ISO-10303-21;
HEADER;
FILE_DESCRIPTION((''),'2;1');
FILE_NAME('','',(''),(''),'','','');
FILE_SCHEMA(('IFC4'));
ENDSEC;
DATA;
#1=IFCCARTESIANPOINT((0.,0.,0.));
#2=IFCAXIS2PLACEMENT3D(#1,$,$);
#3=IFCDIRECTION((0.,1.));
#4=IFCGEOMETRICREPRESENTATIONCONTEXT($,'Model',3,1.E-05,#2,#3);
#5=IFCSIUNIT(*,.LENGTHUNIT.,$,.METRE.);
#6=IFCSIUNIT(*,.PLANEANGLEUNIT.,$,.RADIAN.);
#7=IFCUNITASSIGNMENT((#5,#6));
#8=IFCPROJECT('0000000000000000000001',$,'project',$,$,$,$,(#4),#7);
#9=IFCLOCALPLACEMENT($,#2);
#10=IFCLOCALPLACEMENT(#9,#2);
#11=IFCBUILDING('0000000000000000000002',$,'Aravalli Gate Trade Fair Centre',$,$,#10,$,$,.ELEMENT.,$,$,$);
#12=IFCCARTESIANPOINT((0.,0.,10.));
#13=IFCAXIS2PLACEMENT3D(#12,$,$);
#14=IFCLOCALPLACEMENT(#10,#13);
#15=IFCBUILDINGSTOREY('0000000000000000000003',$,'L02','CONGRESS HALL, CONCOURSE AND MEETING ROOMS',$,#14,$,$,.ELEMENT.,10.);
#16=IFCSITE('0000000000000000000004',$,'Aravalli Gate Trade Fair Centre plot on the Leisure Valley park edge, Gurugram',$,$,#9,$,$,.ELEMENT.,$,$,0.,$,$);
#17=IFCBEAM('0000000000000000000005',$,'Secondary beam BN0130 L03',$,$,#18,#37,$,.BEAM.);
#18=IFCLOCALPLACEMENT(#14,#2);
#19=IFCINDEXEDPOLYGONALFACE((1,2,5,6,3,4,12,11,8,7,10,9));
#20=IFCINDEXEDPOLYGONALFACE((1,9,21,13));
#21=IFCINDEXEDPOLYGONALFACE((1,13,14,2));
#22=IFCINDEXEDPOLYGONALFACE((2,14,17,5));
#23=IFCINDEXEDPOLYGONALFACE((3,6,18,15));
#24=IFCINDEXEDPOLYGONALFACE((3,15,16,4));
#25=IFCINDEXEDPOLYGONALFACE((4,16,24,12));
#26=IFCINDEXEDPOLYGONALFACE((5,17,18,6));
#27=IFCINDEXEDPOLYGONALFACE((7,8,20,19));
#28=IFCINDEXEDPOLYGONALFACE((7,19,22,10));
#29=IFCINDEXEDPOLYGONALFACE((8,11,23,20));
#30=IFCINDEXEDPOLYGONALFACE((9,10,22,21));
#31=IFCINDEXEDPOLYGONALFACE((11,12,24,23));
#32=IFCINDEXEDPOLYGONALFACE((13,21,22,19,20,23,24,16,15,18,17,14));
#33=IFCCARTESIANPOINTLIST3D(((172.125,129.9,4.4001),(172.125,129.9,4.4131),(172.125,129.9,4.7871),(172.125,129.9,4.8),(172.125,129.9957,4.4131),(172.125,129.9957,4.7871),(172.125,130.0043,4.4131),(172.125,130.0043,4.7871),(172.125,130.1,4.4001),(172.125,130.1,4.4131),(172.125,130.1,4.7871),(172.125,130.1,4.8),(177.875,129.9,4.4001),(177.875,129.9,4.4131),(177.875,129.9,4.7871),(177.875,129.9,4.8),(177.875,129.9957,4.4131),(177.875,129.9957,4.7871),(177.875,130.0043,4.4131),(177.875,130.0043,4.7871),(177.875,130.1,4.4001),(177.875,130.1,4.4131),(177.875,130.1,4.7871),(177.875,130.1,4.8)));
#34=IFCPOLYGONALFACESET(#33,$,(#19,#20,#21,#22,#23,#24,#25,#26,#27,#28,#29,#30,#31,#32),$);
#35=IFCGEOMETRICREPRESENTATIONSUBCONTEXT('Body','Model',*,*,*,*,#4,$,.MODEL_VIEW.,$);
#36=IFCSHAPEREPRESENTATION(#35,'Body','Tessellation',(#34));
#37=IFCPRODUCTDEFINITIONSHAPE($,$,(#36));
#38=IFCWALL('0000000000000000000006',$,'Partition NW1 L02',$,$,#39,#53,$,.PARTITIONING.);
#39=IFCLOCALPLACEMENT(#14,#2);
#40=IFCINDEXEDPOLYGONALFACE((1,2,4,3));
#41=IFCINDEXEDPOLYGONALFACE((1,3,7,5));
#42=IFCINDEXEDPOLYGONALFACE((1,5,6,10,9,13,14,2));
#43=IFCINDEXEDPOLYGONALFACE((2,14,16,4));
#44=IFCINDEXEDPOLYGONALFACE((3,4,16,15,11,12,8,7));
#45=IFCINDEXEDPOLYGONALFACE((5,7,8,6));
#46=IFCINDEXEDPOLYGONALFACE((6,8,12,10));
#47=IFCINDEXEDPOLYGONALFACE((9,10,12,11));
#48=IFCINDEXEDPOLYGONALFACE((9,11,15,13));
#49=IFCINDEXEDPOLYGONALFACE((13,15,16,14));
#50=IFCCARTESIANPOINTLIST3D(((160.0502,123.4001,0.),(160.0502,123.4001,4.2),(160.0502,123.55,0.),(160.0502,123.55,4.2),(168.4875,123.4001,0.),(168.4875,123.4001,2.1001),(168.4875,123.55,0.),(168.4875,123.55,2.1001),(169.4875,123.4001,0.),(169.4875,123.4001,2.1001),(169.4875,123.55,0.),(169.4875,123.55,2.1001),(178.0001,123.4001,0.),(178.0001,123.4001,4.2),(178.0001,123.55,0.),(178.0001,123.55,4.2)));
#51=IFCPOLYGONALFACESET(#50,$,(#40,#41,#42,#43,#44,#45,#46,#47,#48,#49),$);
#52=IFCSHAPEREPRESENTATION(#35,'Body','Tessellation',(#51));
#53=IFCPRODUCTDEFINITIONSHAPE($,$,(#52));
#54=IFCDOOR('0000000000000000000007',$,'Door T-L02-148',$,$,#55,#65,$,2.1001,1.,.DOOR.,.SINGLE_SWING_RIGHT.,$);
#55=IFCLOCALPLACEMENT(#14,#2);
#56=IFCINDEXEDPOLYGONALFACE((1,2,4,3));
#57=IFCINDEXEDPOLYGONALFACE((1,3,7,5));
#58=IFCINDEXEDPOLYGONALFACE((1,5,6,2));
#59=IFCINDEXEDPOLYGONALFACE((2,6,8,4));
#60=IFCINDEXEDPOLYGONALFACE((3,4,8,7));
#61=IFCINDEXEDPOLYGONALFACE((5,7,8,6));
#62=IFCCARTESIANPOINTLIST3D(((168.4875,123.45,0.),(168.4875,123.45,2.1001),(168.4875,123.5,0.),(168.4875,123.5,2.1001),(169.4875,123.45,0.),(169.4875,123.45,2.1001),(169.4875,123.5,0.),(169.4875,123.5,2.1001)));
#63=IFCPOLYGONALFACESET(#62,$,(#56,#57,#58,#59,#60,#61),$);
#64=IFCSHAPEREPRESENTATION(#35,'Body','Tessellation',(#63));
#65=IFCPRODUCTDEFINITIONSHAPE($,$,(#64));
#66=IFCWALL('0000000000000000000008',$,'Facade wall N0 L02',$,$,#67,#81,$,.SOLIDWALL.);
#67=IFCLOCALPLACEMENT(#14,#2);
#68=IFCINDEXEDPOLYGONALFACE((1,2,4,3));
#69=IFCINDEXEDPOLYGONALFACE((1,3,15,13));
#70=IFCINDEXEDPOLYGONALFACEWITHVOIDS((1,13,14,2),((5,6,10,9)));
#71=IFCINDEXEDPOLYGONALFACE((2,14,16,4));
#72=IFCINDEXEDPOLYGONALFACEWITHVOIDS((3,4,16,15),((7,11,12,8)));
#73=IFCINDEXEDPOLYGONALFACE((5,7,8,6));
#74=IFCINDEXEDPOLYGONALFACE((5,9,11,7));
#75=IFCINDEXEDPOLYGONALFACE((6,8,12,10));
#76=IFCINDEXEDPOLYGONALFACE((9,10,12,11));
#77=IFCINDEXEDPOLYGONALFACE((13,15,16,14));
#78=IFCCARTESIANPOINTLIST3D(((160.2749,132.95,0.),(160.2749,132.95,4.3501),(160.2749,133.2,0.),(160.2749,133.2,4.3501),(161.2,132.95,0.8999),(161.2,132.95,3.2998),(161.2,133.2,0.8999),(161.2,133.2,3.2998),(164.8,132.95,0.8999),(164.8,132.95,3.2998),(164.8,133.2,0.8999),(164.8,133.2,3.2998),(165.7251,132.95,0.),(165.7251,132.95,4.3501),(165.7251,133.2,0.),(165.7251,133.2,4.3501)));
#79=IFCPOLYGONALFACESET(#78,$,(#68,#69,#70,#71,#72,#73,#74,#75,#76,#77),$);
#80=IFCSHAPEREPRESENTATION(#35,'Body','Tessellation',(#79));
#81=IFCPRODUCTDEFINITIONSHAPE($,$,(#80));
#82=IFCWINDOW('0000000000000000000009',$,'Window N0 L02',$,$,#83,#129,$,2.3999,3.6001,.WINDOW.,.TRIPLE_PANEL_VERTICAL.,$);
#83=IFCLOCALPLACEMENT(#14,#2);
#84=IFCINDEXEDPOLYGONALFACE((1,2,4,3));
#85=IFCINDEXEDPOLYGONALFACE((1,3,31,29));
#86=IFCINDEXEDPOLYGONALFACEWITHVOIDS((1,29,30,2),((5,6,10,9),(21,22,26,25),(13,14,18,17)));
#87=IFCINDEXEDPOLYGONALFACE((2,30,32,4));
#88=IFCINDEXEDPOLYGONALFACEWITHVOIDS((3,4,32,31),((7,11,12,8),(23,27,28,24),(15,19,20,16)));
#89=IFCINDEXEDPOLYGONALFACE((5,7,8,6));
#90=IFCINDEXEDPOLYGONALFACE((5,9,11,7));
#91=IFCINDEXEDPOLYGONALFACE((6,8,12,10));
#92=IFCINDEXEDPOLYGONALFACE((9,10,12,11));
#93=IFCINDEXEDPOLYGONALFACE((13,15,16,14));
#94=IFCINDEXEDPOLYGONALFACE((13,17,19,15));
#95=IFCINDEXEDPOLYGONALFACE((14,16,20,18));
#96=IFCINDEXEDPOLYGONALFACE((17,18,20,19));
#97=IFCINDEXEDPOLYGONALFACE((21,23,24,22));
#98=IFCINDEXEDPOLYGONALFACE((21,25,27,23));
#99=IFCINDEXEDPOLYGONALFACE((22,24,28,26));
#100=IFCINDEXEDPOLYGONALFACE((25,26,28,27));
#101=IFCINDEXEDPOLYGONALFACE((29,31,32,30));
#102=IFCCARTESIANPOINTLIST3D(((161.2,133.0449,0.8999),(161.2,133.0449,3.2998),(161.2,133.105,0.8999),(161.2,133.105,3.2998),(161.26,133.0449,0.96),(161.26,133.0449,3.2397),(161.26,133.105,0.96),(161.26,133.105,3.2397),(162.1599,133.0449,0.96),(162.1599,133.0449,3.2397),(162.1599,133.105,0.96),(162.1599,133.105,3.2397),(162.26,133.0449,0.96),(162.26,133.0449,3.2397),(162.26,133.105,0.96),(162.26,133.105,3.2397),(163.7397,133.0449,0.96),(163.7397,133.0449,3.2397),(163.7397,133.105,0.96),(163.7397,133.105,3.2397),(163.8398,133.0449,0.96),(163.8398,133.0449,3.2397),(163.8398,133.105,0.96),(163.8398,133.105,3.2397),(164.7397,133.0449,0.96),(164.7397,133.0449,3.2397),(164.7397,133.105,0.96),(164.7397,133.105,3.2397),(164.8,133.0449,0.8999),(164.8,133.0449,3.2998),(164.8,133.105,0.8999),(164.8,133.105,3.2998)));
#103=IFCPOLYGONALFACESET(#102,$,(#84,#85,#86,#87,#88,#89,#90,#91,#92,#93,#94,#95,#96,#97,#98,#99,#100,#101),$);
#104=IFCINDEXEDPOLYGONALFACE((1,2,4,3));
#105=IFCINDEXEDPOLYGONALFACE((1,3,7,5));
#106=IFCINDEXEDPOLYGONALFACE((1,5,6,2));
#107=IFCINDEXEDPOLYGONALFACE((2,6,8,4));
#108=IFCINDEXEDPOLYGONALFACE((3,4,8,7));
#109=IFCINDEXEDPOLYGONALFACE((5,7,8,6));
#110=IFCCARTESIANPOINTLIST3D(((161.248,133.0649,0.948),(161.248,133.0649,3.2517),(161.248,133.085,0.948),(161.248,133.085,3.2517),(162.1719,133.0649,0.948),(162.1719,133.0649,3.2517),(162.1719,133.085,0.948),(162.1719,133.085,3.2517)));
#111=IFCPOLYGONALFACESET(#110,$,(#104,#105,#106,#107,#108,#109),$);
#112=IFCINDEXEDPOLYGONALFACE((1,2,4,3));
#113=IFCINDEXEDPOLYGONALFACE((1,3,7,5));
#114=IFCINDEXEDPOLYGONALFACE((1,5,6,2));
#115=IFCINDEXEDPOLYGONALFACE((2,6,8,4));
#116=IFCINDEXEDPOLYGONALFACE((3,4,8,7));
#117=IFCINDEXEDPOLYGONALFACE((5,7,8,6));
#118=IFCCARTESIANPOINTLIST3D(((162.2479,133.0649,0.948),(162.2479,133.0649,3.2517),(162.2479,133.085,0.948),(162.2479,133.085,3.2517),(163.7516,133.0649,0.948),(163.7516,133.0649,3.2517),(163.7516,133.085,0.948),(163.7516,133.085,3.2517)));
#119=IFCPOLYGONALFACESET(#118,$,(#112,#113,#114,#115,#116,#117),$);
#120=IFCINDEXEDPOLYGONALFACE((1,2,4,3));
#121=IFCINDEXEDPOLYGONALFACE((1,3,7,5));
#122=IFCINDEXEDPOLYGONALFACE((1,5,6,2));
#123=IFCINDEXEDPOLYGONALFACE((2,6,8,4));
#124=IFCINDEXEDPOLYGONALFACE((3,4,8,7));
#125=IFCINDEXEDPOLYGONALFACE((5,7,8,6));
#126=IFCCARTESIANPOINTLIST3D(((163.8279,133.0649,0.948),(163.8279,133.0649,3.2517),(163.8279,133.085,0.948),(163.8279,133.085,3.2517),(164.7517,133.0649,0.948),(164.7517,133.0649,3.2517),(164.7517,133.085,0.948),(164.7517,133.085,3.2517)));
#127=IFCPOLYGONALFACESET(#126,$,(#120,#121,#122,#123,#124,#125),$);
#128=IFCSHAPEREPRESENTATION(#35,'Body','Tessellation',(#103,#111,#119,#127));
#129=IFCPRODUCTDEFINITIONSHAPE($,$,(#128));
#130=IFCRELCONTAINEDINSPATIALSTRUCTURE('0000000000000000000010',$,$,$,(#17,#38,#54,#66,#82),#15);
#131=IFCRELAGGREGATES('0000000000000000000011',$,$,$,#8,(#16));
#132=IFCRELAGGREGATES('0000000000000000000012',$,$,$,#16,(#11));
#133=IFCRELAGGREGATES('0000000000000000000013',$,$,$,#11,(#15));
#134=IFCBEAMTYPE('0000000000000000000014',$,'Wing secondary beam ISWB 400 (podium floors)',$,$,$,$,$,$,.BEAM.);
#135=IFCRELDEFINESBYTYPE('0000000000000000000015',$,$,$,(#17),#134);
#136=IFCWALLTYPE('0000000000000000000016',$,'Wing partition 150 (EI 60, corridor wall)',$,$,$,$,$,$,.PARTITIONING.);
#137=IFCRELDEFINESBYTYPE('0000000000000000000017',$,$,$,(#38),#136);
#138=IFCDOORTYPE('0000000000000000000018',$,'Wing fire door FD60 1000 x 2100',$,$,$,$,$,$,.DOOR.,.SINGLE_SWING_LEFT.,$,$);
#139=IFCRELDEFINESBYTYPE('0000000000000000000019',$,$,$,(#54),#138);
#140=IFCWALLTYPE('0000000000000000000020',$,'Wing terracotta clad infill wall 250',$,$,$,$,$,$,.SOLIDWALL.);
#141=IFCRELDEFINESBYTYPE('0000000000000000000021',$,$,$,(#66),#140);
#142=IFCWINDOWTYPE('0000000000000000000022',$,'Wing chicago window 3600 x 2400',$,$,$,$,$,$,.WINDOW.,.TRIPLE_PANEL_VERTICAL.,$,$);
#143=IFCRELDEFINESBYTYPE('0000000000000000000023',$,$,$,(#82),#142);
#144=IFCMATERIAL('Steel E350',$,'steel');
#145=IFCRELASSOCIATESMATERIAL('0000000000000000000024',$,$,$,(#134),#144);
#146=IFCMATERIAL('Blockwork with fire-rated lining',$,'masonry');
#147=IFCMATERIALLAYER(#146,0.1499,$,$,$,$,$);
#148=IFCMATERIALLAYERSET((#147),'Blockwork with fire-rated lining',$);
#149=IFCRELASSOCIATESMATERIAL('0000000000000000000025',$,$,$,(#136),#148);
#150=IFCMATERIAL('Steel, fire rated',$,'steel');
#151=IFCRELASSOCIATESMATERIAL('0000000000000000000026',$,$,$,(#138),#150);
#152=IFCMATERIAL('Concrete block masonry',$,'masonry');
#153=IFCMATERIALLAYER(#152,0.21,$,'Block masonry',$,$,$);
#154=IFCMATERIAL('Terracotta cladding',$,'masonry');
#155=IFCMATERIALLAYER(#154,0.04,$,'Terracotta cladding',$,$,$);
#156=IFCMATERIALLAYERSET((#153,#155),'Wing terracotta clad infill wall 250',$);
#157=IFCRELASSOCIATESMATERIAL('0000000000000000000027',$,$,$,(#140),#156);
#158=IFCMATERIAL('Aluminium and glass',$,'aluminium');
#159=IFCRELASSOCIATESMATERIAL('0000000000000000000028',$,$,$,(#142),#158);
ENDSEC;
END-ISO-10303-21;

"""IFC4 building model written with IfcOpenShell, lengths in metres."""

from ifc_helpers import new_model, si_unit, direction, frame, frame_2d, origin, origin_2d, place, context, subcontext, project, spatial, polyline, rectangle, i_section, outline, extrude, material, layer, layer_set, material_profile, profile_set, type_object, element, fill, save


model = new_model("IFC4")

# Units and contexts
model_context = context("Model", 3, precision=1e-05, world=origin(), true_north=direction((0.0, 1.0)))
body_context = subcontext(model_context, "Body", "Model", "MODEL_VIEW")
ifc_project = project(units=[si_unit("LENGTHUNIT", "METRE"), si_unit("PLANEANGLEUNIT", "RADIAN")], contexts=[model_context])

# Site, building, storey
site_placement = place(None, origin())
site = spatial("IfcSite", under=ifc_project, at=site_placement, Name="Aravalli Gate Trade Fair Centre plot on the Leisure Valley park edge, Gurugram", CompositionType="ELEMENT", RefElevation=0.0)
building_placement = place(site_placement, origin())
building = spatial("IfcBuilding", under=site, at=building_placement, Name="Aravalli Gate Trade Fair Centre", CompositionType="ELEMENT")
storey_placement = place(building_placement, frame((0.0, 0.0, 10.0)))
storey = spatial("IfcBuildingStorey", under=building, at=storey_placement, Name="L02", Description="CONGRESS HALL, CONCOURSE AND MEETING ROOMS", CompositionType="ELEMENT", Elevation=10.0)

# Shared definitions
ifc_material_1 = material(Name="Steel E350", Category="steel")

# Beam
ifc_material_profile_1 = material_profile(ifc_material_1, i_section(OverallWidth=0.2, OverallDepth=0.3999, WebThickness=0.0085, FlangeThickness=0.0129, at=origin_2d()), Name="ISWB 400")
ifc_profile_set_1 = profile_set([ifc_material_profile_1], Name="Steel E350")
beam_type_1 = type_object("IfcBeamType", Name="Wing secondary beam ISWB 400 (podium floors)", PredefinedType="BEAM", material=ifc_profile_set_1)
for number, where, z_axis, x_axis, name in (
    (1, (172.125, 130.0, 4.6001), (1.0, 0.0, 0.0), (0.0, 1.0, 0.0), "Secondary beam BN0130 L03"),
):
    element("IfcBeam", number, at=place(storey_placement, frame(where, z_axis=z_axis, x_axis=x_axis)), inside=storey, type_object=beam_type_1, Name=name, PredefinedType="BEAM", context=body_context, shape_type="SweptSolid", body=[
        extrude(i_section(OverallWidth=0.2, OverallDepth=0.3999, WebThickness=0.0085, FlangeThickness=0.0129, at=origin_2d()), origin(), (0.0, 0.0, 1.0), 5.75),
    ])

# Wall, opening, door
ifc_material_2 = material(Name="Blockwork with fire-rated lining", Category="masonry")
ifc_layer_1 = layer(ifc_material_2, 0.1499)
ifc_layer_set_1 = layer_set([ifc_layer_1], Name="Blockwork with fire-rated lining")
wall_type_1 = type_object("IfcWallType", Name="Wing partition 150 (EI 60, corridor wall)", PredefinedType="PARTITIONING", material=ifc_layer_set_1)
wall_1_placement = place(storey_placement, frame((160.05, 123.4751, 0.0), z_axis=(0.0, 0.0, 1.0), x_axis=(1.0, 0.0, 0.0)))
wall_1 = element("IfcWall", 2, at=wall_1_placement, inside=storey, type_object=wall_type_1, Name="Partition NW1 L02", PredefinedType="PARTITIONING", context=body_context, shape_type="SweptSolid", body=[
    extrude(rectangle(XDim=17.95, YDim=0.1499, at=frame_2d((8.9751, 0.0))), origin(), (0.0, 0.0, 1.0), 4.2),
])
opening_1_placement = place(wall_1_placement, frame((8.4375, 0.0, 0.0)))
opening_1 = element("IfcOpeningElement", 3, at=opening_1_placement, cuts=wall_1, PredefinedType="OPENING", context=body_context, shape_type="SweptSolid", body=[
    extrude(rectangle(XDim=1.0, YDim=2.1001, at=frame_2d((0.5, 1.05))), frame((0.0, 0.085, 0.0), z_axis=(0.0, -1.0, 0.0), x_axis=(1.0, 0.0, 0.0)), (0.0, 0.0, 1.0), 0.1699),
])
ifc_material_3 = material(Name="Steel, fire rated", Category="steel")
door_type = type_object("IfcDoorType", Name="Wing fire door FD60 1000 x 2100", OperationType="SINGLE_SWING_LEFT", PredefinedType="DOOR", material=ifc_material_3)
door_placement = place(opening_1_placement, origin())
door = element("IfcDoor", 4, at=door_placement, inside=storey, type_object=door_type, Name="Door T-L02-148", OperationType="SINGLE_SWING_RIGHT", OverallHeight=2.1001, OverallWidth=1.0, PredefinedType="DOOR", context=body_context, shape_type="SweptSolid", body=[
    extrude(rectangle(XDim=1.0, YDim=2.1001, at=frame_2d((0.5, 1.05))), frame((0.0, 0.0249, 0.0), z_axis=(0.0, -1.0, 0.0), x_axis=(1.0, 0.0, 0.0)), (0.0, 0.0, 1.0), 0.05),
])
fill(opening_1, door)

# Wall, opening, window
ifc_material_4 = material(Name="Concrete block masonry", Category="masonry")
ifc_layer_2 = layer(ifc_material_4, 0.21, Name="Block masonry")
ifc_material_5 = material(Name="Terracotta cladding", Category="masonry")
ifc_layer_3 = layer(ifc_material_5, 0.04, Name="Terracotta cladding")
ifc_layer_set_2 = layer_set([ifc_layer_2, ifc_layer_3], Name="Wing terracotta clad infill wall 250")
wall_type_2 = type_object("IfcWallType", Name="Wing terracotta clad infill wall 250", PredefinedType="SOLIDWALL", material=ifc_layer_set_2)
wall_2_placement = place(storey_placement, frame((160.2749, 133.075, 0.0), z_axis=(0.0, 0.0, 1.0), x_axis=(1.0, 0.0, 0.0)))
wall_2 = element("IfcWall", 5, at=wall_2_placement, inside=storey, type_object=wall_type_2, Name="Facade wall N0 L02", PredefinedType="SOLIDWALL", context=body_context, shape_type="SweptSolid", body=[
    extrude(rectangle(XDim=5.4502, YDim=0.25, at=frame_2d((2.7251, 0.0))), origin(), (0.0, 0.0, 1.0), 4.3501),
])
opening_2_placement = place(wall_2_placement, frame((0.925, 0.0, 0.8999)))
opening_2 = element("IfcOpeningElement", 6, at=opening_2_placement, cuts=wall_2, PredefinedType="OPENING", context=body_context, shape_type="SweptSolid", body=[
    extrude(rectangle(XDim=3.6001, YDim=2.3999, at=frame_2d((1.8, 1.2))), frame((0.0, 0.135, 0.0), z_axis=(0.0, -1.0, 0.0), x_axis=(1.0, 0.0, 0.0)), (0.0, 0.0, 1.0), 0.27),
])
ifc_material_6 = material(Name="Aluminium and glass", Category="aluminium")
window_type = type_object("IfcWindowType", Name="Wing chicago window 3600 x 2400", PartitioningType="TRIPLE_PANEL_VERTICAL", PredefinedType="WINDOW", material=ifc_material_6)
window_1_placement = place(opening_2_placement, origin())
window_1 = element("IfcWindow", 7, at=window_1_placement, inside=storey, type_object=window_type, Name="Window N0 L02", OverallHeight=2.3999, OverallWidth=3.6001, PartitioningType="TRIPLE_PANEL_VERTICAL", PredefinedType="WINDOW", context=body_context, shape_type="SweptSolid", body=[
    extrude(outline(polyline([(0.0, 0.0), (3.6001, 0.0), (3.6001, 2.3999), (0.0, 2.3999), (0.0, 0.0)]), holes=[polyline([(0.0601, 0.0601), (0.96, 0.0601), (0.96, 2.3398), (0.0601, 2.3398), (0.0601, 0.0601)]), polyline([(1.0601, 0.0601), (2.5398, 0.0601), (2.5398, 2.3398), (1.0601, 2.3398), (1.0601, 0.0601)]), polyline([(2.6399, 0.0601), (3.5398, 0.0601), (3.5398, 2.3398), (2.6399, 2.3398), (2.6399, 0.0601)])]), frame((0.0, 0.03, 0.0), z_axis=(0.0, -1.0, 0.0), x_axis=(1.0, 0.0, 0.0)), (0.0, 0.0, 1.0), 0.0601),
    extrude(rectangle(XDim=0.9238, YDim=2.3037, at=frame_2d((0.51, 1.2))), frame((0.0, 0.01, 0.0), z_axis=(0.0, -1.0, 0.0), x_axis=(1.0, 0.0, 0.0)), (0.0, 0.0, 1.0), 0.02),
    extrude(rectangle(XDim=1.5037, YDim=2.3037, at=frame_2d((1.7998, 1.2))), frame((0.0, 0.01, 0.0), z_axis=(0.0, -1.0, 0.0), x_axis=(1.0, 0.0, 0.0)), (0.0, 0.0, 1.0), 0.02),
    extrude(rectangle(XDim=0.9238, YDim=2.3037, at=frame_2d((3.0898, 1.2))), frame((0.0, 0.01, 0.0), z_axis=(0.0, -1.0, 0.0), x_axis=(1.0, 0.0, 0.0)), (0.0, 0.0, 1.0), 0.02),
])
fill(opening_2, window_1)

save(model, "model.ifc")
